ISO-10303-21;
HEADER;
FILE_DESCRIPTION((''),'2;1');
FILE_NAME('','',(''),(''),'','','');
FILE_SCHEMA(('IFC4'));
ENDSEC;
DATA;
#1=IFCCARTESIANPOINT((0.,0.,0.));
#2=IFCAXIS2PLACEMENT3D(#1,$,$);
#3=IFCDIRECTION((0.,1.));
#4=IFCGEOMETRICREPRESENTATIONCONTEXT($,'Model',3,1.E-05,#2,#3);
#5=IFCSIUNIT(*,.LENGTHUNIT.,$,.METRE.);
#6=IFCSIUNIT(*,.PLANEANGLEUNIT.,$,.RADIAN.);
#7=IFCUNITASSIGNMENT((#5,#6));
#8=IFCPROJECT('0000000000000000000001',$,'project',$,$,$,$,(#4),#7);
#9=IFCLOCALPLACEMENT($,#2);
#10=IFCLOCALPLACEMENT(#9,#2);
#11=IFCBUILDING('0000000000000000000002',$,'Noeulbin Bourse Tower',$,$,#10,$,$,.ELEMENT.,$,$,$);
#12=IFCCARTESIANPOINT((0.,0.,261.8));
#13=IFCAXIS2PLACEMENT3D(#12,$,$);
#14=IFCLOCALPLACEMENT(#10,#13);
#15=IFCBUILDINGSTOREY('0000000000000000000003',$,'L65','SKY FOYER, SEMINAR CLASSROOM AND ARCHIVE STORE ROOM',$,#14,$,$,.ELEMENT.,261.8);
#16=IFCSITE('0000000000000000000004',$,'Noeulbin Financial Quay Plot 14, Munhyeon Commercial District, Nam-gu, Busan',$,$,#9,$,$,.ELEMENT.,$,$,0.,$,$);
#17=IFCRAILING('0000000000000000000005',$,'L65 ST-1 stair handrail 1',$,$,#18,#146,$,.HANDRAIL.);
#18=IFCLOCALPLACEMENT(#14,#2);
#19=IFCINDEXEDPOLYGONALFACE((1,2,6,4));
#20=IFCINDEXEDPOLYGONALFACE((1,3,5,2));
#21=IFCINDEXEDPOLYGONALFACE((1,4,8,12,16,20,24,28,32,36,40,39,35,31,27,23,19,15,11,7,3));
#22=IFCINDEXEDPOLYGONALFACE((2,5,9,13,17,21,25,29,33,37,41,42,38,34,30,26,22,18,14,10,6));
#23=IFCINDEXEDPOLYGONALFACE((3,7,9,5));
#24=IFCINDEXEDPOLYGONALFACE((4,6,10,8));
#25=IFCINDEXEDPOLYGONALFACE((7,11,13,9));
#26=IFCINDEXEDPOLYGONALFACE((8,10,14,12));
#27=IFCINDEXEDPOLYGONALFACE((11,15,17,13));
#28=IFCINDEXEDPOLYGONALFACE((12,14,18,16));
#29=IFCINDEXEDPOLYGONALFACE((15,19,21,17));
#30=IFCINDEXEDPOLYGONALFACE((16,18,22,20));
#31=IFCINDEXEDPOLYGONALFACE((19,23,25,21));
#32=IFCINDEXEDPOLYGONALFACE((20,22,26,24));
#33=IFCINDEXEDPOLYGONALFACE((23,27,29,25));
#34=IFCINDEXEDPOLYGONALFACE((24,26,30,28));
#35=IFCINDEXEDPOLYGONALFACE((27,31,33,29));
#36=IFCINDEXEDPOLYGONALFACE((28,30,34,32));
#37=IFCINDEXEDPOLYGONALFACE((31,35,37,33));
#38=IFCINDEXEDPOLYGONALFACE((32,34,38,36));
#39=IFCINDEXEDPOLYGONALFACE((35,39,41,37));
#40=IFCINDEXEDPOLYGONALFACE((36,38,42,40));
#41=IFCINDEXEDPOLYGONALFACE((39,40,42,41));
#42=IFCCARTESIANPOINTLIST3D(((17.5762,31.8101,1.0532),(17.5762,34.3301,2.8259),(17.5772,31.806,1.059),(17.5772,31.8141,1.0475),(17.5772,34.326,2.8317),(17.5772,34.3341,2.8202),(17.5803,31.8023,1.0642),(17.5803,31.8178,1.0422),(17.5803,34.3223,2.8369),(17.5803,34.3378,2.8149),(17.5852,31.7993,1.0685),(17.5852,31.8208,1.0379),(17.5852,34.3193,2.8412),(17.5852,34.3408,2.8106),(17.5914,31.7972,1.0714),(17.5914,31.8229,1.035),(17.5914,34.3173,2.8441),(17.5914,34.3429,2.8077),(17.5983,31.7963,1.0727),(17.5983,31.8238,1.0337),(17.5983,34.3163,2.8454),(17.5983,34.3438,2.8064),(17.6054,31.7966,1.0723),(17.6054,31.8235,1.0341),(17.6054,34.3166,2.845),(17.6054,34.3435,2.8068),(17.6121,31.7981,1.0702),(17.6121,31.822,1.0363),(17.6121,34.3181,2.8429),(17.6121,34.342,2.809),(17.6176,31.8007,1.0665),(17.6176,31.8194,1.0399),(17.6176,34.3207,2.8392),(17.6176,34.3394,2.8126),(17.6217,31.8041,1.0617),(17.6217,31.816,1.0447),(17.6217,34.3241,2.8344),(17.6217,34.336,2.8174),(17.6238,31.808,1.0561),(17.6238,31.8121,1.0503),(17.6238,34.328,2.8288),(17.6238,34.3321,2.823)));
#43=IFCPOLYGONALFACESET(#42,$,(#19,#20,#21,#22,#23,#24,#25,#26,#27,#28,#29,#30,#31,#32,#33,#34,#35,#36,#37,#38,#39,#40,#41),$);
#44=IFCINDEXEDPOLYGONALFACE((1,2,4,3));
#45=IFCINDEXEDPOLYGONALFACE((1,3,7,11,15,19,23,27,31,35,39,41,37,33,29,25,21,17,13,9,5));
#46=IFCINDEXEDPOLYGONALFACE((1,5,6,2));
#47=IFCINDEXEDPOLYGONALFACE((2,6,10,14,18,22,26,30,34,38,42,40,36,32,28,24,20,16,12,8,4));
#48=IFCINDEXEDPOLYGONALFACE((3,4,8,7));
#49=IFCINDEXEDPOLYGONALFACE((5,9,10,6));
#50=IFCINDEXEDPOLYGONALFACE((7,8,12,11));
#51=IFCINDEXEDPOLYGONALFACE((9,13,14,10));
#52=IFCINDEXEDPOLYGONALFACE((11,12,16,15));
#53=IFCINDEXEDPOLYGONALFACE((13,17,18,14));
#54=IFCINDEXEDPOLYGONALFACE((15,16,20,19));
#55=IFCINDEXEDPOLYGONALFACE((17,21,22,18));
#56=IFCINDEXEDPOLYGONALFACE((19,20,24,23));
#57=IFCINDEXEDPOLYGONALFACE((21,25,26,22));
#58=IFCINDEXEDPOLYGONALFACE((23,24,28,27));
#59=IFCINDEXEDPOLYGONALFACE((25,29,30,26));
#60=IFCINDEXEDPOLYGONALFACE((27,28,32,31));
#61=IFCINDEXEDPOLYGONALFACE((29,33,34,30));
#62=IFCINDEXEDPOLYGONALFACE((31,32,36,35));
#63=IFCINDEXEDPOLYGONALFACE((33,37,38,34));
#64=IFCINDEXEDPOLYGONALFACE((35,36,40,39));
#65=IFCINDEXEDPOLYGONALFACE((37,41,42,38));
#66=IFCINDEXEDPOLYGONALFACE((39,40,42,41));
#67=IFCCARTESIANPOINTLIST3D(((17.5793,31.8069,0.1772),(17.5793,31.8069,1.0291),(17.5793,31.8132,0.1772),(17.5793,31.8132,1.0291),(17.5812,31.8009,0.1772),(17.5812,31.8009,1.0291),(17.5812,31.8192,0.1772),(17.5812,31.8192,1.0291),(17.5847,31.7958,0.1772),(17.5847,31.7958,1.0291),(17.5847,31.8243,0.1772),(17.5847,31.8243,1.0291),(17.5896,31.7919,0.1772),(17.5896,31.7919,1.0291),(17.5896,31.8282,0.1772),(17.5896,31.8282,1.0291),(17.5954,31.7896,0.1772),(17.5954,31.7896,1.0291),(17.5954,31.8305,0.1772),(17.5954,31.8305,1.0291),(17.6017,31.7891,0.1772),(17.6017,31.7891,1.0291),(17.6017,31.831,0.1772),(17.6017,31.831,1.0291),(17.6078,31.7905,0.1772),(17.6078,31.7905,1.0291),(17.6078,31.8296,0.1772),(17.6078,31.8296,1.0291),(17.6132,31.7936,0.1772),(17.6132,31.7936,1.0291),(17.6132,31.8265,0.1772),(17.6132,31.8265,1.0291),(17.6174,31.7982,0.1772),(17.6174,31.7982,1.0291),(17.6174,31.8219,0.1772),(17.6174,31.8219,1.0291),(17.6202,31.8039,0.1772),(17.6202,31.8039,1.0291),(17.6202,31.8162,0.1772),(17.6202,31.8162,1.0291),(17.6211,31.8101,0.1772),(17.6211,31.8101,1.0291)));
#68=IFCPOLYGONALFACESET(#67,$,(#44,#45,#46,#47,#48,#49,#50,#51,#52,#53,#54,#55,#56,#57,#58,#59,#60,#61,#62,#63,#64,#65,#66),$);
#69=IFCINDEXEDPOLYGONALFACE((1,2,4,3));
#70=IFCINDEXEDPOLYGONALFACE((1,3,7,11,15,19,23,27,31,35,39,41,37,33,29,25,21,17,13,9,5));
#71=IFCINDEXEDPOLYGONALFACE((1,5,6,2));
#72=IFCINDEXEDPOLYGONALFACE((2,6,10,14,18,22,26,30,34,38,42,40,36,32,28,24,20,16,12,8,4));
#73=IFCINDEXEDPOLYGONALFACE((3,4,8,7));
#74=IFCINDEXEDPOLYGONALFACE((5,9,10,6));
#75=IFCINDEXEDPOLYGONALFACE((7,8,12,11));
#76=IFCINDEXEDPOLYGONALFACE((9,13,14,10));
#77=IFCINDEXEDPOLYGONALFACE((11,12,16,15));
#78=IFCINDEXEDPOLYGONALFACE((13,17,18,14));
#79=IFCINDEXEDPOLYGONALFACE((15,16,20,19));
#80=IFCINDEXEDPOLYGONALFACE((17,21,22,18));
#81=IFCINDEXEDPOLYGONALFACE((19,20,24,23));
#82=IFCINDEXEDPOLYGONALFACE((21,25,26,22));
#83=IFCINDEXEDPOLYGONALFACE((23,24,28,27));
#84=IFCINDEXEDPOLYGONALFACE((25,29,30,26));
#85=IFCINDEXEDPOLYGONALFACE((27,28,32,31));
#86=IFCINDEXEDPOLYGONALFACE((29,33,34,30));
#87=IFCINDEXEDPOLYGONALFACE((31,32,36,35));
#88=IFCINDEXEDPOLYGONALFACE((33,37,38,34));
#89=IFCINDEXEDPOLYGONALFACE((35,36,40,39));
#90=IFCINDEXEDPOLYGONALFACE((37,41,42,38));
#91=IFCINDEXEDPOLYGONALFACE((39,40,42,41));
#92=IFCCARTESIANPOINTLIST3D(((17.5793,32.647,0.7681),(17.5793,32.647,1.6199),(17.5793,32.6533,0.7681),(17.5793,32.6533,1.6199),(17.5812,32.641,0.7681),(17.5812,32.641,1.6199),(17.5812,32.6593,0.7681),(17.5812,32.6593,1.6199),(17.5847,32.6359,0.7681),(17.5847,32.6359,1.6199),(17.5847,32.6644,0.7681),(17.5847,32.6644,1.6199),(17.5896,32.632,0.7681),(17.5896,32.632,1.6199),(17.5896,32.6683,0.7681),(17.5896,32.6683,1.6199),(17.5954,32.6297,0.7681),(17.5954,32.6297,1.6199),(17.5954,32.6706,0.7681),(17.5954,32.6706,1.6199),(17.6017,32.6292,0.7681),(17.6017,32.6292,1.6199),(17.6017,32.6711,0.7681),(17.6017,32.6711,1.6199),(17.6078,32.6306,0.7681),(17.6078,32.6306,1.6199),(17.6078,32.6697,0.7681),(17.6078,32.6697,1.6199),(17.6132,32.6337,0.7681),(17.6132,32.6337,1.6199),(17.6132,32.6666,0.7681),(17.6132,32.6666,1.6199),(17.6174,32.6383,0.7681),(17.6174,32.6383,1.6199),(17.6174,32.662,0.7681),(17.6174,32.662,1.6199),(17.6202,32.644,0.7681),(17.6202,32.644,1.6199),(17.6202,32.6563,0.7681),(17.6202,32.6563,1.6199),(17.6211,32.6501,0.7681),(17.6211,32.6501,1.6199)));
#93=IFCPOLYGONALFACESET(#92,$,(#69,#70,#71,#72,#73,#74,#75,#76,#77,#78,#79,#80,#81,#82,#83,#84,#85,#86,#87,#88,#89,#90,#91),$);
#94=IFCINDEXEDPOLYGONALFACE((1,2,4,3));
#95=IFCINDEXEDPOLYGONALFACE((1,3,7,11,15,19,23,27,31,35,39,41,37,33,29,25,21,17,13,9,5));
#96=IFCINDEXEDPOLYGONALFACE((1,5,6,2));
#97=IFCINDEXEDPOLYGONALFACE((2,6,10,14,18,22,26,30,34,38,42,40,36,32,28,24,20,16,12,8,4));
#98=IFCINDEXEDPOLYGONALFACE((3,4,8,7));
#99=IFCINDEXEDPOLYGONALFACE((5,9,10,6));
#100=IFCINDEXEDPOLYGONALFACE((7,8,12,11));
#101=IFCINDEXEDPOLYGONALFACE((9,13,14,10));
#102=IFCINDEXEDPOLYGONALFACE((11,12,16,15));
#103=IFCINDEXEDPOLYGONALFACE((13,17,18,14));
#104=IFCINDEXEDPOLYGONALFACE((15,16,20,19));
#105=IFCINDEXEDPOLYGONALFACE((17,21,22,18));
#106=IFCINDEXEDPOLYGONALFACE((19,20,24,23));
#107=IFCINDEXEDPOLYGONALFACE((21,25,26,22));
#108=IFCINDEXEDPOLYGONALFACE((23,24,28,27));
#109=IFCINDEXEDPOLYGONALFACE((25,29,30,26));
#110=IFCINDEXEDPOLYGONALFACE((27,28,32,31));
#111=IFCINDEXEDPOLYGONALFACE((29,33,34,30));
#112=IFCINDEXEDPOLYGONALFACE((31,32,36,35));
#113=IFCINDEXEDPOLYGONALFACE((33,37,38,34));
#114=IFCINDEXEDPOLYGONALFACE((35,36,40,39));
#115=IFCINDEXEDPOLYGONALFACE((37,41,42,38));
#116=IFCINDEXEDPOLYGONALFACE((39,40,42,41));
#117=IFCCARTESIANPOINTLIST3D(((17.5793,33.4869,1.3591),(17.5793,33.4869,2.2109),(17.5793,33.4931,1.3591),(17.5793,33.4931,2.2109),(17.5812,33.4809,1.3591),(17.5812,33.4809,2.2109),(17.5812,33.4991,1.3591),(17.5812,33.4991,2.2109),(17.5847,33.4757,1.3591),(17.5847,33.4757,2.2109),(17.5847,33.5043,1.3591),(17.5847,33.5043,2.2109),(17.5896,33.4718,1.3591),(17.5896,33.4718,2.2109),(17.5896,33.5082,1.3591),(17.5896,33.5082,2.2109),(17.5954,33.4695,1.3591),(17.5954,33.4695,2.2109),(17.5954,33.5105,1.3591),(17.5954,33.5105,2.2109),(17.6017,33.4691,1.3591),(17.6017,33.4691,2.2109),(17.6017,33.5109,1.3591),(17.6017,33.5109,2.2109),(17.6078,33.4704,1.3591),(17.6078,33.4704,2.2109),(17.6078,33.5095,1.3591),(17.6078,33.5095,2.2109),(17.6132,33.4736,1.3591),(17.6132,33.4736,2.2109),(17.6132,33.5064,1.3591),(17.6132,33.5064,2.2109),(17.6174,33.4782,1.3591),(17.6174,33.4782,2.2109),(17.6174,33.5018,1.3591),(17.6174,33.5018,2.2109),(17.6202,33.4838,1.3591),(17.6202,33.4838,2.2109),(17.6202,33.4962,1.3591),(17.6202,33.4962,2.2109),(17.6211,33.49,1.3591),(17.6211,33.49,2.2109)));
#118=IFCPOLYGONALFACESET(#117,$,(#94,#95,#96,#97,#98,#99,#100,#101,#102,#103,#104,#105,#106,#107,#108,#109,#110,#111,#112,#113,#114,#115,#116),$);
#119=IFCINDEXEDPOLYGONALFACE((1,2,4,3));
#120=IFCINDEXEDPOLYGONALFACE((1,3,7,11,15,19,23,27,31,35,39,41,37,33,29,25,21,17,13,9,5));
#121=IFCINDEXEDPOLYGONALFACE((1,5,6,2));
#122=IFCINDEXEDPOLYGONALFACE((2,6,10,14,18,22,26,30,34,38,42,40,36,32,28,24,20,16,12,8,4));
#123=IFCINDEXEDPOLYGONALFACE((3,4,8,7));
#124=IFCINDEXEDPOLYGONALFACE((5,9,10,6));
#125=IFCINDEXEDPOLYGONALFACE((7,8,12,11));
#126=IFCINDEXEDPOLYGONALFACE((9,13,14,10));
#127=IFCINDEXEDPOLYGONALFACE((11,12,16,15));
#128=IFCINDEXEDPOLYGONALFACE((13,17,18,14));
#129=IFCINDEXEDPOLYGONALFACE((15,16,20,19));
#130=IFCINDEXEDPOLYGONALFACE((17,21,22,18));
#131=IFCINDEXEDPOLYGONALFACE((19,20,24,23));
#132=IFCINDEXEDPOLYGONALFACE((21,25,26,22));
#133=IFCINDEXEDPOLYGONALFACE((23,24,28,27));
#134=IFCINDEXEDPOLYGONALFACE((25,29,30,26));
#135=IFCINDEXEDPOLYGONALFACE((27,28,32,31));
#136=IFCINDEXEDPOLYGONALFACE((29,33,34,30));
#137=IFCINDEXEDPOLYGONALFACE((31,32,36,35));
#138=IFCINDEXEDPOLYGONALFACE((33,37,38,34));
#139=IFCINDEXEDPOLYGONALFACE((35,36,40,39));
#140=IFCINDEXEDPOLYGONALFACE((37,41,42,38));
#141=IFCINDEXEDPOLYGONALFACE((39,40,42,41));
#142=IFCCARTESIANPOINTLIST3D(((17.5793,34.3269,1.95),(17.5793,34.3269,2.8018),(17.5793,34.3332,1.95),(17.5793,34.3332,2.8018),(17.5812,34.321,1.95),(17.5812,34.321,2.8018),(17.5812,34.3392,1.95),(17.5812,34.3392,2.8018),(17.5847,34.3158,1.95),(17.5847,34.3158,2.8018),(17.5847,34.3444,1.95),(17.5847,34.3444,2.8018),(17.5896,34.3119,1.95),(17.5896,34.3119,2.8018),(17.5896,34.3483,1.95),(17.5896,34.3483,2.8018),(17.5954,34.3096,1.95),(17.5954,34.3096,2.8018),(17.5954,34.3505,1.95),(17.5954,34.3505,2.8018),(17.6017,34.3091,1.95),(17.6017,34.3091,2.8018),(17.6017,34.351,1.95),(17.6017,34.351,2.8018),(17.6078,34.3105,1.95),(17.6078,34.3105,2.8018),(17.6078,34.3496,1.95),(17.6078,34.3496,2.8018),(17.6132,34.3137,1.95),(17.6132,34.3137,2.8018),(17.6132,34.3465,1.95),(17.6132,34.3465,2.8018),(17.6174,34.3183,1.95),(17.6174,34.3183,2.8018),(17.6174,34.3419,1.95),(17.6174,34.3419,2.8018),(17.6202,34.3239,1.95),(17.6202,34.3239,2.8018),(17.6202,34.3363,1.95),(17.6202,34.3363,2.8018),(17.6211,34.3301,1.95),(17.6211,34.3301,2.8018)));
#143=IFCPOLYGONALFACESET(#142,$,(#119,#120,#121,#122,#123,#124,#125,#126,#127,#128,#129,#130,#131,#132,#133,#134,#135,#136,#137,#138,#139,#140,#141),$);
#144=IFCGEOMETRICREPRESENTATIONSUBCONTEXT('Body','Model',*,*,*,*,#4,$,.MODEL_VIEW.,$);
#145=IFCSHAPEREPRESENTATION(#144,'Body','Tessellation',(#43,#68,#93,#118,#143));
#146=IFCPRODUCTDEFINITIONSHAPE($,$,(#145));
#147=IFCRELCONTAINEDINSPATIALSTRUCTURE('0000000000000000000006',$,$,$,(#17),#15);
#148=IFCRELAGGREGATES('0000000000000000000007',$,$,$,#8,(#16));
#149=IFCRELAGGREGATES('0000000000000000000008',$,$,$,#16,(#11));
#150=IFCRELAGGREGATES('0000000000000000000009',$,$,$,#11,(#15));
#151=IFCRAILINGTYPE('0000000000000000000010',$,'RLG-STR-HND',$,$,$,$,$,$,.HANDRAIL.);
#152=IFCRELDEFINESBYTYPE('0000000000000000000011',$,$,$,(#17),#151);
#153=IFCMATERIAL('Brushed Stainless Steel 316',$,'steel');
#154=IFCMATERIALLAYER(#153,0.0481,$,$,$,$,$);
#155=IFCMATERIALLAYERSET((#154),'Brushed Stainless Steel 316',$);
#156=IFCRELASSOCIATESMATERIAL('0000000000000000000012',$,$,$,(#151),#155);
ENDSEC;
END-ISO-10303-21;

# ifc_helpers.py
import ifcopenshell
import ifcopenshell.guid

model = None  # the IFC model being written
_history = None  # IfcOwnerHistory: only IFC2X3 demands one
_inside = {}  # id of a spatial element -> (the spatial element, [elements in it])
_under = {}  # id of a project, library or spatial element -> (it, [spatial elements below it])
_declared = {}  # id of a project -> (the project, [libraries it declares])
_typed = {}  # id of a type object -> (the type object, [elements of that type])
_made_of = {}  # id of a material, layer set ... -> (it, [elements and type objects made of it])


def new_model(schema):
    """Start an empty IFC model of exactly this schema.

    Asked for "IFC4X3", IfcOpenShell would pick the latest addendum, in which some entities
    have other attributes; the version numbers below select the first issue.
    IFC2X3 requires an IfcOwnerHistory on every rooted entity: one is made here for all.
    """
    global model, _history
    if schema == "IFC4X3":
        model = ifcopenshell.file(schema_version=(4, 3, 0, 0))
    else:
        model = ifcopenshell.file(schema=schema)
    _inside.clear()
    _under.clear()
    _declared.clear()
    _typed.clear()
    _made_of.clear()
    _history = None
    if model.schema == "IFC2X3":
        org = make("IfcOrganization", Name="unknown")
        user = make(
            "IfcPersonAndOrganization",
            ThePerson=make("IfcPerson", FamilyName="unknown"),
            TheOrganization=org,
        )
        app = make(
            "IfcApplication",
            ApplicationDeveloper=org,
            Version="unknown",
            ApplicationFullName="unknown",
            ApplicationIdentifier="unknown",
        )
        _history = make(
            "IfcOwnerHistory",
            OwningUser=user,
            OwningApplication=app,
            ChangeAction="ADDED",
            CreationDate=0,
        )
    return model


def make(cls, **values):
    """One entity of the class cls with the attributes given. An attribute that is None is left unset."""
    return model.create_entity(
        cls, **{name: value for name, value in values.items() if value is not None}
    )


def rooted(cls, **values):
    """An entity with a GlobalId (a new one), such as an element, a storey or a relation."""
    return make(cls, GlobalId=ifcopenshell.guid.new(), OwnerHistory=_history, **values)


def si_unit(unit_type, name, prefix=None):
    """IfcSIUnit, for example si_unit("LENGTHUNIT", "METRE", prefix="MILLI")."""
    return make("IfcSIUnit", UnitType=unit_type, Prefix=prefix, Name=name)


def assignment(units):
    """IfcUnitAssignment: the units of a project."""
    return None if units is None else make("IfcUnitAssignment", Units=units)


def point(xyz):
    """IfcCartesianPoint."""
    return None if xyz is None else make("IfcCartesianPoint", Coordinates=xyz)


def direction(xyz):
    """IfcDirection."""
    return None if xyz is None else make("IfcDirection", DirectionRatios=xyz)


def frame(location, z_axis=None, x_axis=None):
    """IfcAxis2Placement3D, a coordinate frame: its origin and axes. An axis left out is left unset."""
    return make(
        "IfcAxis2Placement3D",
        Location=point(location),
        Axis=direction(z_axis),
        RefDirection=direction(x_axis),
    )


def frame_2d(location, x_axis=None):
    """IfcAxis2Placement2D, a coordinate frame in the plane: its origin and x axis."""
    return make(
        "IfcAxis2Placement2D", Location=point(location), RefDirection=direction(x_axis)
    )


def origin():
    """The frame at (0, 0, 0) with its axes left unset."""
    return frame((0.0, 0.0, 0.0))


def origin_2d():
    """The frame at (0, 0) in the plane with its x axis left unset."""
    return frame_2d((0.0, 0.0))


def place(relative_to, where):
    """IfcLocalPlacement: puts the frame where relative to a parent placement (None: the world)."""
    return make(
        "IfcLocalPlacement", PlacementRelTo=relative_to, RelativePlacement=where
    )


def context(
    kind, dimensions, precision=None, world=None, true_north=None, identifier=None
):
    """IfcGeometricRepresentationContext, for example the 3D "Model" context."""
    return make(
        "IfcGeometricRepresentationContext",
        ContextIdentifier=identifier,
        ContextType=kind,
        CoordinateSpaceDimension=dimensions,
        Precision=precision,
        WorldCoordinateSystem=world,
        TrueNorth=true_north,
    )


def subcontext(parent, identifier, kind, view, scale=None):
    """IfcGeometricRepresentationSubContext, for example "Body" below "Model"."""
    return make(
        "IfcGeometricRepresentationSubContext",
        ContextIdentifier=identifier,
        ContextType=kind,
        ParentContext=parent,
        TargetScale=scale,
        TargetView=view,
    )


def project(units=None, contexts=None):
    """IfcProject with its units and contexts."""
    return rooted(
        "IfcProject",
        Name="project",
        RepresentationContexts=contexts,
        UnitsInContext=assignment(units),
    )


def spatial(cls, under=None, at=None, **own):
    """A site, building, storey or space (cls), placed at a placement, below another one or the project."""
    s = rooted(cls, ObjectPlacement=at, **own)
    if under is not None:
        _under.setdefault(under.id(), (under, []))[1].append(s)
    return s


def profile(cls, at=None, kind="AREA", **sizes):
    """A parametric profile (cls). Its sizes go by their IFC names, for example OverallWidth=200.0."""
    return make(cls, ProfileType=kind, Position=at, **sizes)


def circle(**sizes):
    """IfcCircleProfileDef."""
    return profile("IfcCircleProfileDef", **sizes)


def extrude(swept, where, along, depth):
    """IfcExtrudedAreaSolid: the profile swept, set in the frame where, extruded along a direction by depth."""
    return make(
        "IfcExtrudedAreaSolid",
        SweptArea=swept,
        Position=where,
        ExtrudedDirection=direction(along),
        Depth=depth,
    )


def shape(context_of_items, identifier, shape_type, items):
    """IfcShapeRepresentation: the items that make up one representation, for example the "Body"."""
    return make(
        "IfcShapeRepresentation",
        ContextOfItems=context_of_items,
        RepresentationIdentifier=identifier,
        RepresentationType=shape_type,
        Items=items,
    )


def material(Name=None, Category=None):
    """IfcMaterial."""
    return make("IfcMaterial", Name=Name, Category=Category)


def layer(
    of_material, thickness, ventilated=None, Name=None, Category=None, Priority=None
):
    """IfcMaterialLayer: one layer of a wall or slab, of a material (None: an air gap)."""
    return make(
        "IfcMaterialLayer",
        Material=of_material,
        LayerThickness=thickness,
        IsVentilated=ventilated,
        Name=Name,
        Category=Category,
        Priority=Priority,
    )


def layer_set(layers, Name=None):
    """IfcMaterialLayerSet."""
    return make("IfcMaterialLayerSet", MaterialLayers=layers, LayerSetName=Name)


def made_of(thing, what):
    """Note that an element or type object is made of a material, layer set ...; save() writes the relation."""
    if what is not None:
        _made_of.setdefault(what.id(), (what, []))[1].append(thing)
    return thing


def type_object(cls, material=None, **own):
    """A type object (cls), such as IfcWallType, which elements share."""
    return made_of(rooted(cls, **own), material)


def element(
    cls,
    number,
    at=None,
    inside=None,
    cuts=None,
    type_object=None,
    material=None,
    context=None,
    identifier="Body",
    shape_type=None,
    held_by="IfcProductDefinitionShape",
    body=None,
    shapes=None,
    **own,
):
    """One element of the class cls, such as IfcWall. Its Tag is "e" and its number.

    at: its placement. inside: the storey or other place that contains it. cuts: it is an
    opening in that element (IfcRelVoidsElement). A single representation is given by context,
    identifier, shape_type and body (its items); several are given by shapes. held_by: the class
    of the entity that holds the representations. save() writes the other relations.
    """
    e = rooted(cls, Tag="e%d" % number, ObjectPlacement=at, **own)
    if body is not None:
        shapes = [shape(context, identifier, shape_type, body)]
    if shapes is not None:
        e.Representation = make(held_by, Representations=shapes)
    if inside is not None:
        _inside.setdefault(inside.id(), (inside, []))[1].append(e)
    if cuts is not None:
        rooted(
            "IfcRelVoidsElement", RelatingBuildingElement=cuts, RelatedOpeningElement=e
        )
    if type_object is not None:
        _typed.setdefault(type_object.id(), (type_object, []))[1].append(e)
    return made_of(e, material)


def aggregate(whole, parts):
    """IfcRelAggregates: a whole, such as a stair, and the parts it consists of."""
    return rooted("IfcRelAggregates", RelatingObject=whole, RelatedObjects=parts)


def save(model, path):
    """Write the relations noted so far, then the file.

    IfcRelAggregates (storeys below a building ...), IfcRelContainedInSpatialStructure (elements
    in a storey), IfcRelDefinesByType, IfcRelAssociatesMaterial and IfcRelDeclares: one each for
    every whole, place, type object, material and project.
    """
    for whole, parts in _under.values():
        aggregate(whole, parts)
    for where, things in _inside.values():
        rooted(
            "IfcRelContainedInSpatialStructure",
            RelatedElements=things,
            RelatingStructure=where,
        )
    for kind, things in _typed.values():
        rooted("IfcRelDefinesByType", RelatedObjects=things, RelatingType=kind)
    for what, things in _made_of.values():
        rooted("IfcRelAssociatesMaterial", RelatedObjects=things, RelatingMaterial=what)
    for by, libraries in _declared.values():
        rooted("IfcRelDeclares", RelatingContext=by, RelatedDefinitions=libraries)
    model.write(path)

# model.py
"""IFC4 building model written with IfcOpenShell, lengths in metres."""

from ifc_helpers import new_model, si_unit, direction, frame, origin, origin_2d, place, context, subcontext, project, spatial, circle, extrude, material, layer, layer_set, type_object, element, save


model = new_model("IFC4")

# Units and contexts
model_context = context("Model", 3, precision=1e-05, world=origin(), true_north=direction((0.0, 1.0)))
body_context = subcontext(model_context, "Body", "Model", "MODEL_VIEW")
ifc_project = project(units=[si_unit("LENGTHUNIT", "METRE"), si_unit("PLANEANGLEUNIT", "RADIAN")], contexts=[model_context])

# Site, building, storey
site_placement = place(None, origin())
site = spatial("IfcSite", under=ifc_project, at=site_placement, Name="Noeulbin Financial Quay Plot 14, Munhyeon Commercial District, Nam-gu, Busan", CompositionType="ELEMENT", RefElevation=0.0)
building_placement = place(site_placement, origin())
building = spatial("IfcBuilding", under=site, at=building_placement, Name="Noeulbin Bourse Tower", CompositionType="ELEMENT")
storey_placement = place(building_placement, frame((0.0, 0.0, 261.8)))
storey = spatial("IfcBuildingStorey", under=building, at=storey_placement, Name="L65", Description="SKY FOYER, SEMINAR CLASSROOM AND ARCHIVE STORE ROOM", CompositionType="ELEMENT", Elevation=261.8)

# Shared definitions
ifc_material_1 = material(Name="Brushed Stainless Steel 316", Category="steel")

# Railing
ifc_layer_1 = layer(ifc_material_1, 0.0481)
ifc_layer_set_1 = layer_set([ifc_layer_1], Name="Brushed Stainless Steel 316")
railing_type_1 = type_object("IfcRailingType", Name="RLG-STR-HND", PredefinedType="HANDRAIL", material=ifc_layer_set_1)
railing_1_placement = place(storey_placement, frame((17.6001, 31.8101, 0.1772)))
element("IfcRailing", 1, at=railing_1_placement, inside=storey, type_object=railing_type_1, Name="L65 ST-1 stair handrail 1", PredefinedType="HANDRAIL", context=body_context, shape_type="SweptSolid", body=[
    extrude(circle(Radius=0.0239, at=origin_2d()), frame((0.0, 0.0, 0.876), z_axis=(0.0, 0.817904, 0.575354), x_axis=(-1.0, 0.0, 0.0)), (0.0, 0.0, 1.0), 3.0811),
    extrude(circle(Radius=0.021, at=origin_2d()), origin(), (0.0, 0.0, 1.0), 0.8518),
    extrude(circle(Radius=0.021, at=origin_2d()), frame((0.0, 0.8401, 0.5908)), (0.0, 0.0, 1.0), 0.8518),
    extrude(circle(Radius=0.021, at=origin_2d()), frame((0.0, 1.6799, 1.1819)), (0.0, 0.0, 1.0), 0.8518),
    extrude(circle(Radius=0.021, at=origin_2d()), frame((0.0, 2.52, 1.7727)), (0.0, 0.0, 1.0), 0.8518),
])

save(model, "model.ifc")
